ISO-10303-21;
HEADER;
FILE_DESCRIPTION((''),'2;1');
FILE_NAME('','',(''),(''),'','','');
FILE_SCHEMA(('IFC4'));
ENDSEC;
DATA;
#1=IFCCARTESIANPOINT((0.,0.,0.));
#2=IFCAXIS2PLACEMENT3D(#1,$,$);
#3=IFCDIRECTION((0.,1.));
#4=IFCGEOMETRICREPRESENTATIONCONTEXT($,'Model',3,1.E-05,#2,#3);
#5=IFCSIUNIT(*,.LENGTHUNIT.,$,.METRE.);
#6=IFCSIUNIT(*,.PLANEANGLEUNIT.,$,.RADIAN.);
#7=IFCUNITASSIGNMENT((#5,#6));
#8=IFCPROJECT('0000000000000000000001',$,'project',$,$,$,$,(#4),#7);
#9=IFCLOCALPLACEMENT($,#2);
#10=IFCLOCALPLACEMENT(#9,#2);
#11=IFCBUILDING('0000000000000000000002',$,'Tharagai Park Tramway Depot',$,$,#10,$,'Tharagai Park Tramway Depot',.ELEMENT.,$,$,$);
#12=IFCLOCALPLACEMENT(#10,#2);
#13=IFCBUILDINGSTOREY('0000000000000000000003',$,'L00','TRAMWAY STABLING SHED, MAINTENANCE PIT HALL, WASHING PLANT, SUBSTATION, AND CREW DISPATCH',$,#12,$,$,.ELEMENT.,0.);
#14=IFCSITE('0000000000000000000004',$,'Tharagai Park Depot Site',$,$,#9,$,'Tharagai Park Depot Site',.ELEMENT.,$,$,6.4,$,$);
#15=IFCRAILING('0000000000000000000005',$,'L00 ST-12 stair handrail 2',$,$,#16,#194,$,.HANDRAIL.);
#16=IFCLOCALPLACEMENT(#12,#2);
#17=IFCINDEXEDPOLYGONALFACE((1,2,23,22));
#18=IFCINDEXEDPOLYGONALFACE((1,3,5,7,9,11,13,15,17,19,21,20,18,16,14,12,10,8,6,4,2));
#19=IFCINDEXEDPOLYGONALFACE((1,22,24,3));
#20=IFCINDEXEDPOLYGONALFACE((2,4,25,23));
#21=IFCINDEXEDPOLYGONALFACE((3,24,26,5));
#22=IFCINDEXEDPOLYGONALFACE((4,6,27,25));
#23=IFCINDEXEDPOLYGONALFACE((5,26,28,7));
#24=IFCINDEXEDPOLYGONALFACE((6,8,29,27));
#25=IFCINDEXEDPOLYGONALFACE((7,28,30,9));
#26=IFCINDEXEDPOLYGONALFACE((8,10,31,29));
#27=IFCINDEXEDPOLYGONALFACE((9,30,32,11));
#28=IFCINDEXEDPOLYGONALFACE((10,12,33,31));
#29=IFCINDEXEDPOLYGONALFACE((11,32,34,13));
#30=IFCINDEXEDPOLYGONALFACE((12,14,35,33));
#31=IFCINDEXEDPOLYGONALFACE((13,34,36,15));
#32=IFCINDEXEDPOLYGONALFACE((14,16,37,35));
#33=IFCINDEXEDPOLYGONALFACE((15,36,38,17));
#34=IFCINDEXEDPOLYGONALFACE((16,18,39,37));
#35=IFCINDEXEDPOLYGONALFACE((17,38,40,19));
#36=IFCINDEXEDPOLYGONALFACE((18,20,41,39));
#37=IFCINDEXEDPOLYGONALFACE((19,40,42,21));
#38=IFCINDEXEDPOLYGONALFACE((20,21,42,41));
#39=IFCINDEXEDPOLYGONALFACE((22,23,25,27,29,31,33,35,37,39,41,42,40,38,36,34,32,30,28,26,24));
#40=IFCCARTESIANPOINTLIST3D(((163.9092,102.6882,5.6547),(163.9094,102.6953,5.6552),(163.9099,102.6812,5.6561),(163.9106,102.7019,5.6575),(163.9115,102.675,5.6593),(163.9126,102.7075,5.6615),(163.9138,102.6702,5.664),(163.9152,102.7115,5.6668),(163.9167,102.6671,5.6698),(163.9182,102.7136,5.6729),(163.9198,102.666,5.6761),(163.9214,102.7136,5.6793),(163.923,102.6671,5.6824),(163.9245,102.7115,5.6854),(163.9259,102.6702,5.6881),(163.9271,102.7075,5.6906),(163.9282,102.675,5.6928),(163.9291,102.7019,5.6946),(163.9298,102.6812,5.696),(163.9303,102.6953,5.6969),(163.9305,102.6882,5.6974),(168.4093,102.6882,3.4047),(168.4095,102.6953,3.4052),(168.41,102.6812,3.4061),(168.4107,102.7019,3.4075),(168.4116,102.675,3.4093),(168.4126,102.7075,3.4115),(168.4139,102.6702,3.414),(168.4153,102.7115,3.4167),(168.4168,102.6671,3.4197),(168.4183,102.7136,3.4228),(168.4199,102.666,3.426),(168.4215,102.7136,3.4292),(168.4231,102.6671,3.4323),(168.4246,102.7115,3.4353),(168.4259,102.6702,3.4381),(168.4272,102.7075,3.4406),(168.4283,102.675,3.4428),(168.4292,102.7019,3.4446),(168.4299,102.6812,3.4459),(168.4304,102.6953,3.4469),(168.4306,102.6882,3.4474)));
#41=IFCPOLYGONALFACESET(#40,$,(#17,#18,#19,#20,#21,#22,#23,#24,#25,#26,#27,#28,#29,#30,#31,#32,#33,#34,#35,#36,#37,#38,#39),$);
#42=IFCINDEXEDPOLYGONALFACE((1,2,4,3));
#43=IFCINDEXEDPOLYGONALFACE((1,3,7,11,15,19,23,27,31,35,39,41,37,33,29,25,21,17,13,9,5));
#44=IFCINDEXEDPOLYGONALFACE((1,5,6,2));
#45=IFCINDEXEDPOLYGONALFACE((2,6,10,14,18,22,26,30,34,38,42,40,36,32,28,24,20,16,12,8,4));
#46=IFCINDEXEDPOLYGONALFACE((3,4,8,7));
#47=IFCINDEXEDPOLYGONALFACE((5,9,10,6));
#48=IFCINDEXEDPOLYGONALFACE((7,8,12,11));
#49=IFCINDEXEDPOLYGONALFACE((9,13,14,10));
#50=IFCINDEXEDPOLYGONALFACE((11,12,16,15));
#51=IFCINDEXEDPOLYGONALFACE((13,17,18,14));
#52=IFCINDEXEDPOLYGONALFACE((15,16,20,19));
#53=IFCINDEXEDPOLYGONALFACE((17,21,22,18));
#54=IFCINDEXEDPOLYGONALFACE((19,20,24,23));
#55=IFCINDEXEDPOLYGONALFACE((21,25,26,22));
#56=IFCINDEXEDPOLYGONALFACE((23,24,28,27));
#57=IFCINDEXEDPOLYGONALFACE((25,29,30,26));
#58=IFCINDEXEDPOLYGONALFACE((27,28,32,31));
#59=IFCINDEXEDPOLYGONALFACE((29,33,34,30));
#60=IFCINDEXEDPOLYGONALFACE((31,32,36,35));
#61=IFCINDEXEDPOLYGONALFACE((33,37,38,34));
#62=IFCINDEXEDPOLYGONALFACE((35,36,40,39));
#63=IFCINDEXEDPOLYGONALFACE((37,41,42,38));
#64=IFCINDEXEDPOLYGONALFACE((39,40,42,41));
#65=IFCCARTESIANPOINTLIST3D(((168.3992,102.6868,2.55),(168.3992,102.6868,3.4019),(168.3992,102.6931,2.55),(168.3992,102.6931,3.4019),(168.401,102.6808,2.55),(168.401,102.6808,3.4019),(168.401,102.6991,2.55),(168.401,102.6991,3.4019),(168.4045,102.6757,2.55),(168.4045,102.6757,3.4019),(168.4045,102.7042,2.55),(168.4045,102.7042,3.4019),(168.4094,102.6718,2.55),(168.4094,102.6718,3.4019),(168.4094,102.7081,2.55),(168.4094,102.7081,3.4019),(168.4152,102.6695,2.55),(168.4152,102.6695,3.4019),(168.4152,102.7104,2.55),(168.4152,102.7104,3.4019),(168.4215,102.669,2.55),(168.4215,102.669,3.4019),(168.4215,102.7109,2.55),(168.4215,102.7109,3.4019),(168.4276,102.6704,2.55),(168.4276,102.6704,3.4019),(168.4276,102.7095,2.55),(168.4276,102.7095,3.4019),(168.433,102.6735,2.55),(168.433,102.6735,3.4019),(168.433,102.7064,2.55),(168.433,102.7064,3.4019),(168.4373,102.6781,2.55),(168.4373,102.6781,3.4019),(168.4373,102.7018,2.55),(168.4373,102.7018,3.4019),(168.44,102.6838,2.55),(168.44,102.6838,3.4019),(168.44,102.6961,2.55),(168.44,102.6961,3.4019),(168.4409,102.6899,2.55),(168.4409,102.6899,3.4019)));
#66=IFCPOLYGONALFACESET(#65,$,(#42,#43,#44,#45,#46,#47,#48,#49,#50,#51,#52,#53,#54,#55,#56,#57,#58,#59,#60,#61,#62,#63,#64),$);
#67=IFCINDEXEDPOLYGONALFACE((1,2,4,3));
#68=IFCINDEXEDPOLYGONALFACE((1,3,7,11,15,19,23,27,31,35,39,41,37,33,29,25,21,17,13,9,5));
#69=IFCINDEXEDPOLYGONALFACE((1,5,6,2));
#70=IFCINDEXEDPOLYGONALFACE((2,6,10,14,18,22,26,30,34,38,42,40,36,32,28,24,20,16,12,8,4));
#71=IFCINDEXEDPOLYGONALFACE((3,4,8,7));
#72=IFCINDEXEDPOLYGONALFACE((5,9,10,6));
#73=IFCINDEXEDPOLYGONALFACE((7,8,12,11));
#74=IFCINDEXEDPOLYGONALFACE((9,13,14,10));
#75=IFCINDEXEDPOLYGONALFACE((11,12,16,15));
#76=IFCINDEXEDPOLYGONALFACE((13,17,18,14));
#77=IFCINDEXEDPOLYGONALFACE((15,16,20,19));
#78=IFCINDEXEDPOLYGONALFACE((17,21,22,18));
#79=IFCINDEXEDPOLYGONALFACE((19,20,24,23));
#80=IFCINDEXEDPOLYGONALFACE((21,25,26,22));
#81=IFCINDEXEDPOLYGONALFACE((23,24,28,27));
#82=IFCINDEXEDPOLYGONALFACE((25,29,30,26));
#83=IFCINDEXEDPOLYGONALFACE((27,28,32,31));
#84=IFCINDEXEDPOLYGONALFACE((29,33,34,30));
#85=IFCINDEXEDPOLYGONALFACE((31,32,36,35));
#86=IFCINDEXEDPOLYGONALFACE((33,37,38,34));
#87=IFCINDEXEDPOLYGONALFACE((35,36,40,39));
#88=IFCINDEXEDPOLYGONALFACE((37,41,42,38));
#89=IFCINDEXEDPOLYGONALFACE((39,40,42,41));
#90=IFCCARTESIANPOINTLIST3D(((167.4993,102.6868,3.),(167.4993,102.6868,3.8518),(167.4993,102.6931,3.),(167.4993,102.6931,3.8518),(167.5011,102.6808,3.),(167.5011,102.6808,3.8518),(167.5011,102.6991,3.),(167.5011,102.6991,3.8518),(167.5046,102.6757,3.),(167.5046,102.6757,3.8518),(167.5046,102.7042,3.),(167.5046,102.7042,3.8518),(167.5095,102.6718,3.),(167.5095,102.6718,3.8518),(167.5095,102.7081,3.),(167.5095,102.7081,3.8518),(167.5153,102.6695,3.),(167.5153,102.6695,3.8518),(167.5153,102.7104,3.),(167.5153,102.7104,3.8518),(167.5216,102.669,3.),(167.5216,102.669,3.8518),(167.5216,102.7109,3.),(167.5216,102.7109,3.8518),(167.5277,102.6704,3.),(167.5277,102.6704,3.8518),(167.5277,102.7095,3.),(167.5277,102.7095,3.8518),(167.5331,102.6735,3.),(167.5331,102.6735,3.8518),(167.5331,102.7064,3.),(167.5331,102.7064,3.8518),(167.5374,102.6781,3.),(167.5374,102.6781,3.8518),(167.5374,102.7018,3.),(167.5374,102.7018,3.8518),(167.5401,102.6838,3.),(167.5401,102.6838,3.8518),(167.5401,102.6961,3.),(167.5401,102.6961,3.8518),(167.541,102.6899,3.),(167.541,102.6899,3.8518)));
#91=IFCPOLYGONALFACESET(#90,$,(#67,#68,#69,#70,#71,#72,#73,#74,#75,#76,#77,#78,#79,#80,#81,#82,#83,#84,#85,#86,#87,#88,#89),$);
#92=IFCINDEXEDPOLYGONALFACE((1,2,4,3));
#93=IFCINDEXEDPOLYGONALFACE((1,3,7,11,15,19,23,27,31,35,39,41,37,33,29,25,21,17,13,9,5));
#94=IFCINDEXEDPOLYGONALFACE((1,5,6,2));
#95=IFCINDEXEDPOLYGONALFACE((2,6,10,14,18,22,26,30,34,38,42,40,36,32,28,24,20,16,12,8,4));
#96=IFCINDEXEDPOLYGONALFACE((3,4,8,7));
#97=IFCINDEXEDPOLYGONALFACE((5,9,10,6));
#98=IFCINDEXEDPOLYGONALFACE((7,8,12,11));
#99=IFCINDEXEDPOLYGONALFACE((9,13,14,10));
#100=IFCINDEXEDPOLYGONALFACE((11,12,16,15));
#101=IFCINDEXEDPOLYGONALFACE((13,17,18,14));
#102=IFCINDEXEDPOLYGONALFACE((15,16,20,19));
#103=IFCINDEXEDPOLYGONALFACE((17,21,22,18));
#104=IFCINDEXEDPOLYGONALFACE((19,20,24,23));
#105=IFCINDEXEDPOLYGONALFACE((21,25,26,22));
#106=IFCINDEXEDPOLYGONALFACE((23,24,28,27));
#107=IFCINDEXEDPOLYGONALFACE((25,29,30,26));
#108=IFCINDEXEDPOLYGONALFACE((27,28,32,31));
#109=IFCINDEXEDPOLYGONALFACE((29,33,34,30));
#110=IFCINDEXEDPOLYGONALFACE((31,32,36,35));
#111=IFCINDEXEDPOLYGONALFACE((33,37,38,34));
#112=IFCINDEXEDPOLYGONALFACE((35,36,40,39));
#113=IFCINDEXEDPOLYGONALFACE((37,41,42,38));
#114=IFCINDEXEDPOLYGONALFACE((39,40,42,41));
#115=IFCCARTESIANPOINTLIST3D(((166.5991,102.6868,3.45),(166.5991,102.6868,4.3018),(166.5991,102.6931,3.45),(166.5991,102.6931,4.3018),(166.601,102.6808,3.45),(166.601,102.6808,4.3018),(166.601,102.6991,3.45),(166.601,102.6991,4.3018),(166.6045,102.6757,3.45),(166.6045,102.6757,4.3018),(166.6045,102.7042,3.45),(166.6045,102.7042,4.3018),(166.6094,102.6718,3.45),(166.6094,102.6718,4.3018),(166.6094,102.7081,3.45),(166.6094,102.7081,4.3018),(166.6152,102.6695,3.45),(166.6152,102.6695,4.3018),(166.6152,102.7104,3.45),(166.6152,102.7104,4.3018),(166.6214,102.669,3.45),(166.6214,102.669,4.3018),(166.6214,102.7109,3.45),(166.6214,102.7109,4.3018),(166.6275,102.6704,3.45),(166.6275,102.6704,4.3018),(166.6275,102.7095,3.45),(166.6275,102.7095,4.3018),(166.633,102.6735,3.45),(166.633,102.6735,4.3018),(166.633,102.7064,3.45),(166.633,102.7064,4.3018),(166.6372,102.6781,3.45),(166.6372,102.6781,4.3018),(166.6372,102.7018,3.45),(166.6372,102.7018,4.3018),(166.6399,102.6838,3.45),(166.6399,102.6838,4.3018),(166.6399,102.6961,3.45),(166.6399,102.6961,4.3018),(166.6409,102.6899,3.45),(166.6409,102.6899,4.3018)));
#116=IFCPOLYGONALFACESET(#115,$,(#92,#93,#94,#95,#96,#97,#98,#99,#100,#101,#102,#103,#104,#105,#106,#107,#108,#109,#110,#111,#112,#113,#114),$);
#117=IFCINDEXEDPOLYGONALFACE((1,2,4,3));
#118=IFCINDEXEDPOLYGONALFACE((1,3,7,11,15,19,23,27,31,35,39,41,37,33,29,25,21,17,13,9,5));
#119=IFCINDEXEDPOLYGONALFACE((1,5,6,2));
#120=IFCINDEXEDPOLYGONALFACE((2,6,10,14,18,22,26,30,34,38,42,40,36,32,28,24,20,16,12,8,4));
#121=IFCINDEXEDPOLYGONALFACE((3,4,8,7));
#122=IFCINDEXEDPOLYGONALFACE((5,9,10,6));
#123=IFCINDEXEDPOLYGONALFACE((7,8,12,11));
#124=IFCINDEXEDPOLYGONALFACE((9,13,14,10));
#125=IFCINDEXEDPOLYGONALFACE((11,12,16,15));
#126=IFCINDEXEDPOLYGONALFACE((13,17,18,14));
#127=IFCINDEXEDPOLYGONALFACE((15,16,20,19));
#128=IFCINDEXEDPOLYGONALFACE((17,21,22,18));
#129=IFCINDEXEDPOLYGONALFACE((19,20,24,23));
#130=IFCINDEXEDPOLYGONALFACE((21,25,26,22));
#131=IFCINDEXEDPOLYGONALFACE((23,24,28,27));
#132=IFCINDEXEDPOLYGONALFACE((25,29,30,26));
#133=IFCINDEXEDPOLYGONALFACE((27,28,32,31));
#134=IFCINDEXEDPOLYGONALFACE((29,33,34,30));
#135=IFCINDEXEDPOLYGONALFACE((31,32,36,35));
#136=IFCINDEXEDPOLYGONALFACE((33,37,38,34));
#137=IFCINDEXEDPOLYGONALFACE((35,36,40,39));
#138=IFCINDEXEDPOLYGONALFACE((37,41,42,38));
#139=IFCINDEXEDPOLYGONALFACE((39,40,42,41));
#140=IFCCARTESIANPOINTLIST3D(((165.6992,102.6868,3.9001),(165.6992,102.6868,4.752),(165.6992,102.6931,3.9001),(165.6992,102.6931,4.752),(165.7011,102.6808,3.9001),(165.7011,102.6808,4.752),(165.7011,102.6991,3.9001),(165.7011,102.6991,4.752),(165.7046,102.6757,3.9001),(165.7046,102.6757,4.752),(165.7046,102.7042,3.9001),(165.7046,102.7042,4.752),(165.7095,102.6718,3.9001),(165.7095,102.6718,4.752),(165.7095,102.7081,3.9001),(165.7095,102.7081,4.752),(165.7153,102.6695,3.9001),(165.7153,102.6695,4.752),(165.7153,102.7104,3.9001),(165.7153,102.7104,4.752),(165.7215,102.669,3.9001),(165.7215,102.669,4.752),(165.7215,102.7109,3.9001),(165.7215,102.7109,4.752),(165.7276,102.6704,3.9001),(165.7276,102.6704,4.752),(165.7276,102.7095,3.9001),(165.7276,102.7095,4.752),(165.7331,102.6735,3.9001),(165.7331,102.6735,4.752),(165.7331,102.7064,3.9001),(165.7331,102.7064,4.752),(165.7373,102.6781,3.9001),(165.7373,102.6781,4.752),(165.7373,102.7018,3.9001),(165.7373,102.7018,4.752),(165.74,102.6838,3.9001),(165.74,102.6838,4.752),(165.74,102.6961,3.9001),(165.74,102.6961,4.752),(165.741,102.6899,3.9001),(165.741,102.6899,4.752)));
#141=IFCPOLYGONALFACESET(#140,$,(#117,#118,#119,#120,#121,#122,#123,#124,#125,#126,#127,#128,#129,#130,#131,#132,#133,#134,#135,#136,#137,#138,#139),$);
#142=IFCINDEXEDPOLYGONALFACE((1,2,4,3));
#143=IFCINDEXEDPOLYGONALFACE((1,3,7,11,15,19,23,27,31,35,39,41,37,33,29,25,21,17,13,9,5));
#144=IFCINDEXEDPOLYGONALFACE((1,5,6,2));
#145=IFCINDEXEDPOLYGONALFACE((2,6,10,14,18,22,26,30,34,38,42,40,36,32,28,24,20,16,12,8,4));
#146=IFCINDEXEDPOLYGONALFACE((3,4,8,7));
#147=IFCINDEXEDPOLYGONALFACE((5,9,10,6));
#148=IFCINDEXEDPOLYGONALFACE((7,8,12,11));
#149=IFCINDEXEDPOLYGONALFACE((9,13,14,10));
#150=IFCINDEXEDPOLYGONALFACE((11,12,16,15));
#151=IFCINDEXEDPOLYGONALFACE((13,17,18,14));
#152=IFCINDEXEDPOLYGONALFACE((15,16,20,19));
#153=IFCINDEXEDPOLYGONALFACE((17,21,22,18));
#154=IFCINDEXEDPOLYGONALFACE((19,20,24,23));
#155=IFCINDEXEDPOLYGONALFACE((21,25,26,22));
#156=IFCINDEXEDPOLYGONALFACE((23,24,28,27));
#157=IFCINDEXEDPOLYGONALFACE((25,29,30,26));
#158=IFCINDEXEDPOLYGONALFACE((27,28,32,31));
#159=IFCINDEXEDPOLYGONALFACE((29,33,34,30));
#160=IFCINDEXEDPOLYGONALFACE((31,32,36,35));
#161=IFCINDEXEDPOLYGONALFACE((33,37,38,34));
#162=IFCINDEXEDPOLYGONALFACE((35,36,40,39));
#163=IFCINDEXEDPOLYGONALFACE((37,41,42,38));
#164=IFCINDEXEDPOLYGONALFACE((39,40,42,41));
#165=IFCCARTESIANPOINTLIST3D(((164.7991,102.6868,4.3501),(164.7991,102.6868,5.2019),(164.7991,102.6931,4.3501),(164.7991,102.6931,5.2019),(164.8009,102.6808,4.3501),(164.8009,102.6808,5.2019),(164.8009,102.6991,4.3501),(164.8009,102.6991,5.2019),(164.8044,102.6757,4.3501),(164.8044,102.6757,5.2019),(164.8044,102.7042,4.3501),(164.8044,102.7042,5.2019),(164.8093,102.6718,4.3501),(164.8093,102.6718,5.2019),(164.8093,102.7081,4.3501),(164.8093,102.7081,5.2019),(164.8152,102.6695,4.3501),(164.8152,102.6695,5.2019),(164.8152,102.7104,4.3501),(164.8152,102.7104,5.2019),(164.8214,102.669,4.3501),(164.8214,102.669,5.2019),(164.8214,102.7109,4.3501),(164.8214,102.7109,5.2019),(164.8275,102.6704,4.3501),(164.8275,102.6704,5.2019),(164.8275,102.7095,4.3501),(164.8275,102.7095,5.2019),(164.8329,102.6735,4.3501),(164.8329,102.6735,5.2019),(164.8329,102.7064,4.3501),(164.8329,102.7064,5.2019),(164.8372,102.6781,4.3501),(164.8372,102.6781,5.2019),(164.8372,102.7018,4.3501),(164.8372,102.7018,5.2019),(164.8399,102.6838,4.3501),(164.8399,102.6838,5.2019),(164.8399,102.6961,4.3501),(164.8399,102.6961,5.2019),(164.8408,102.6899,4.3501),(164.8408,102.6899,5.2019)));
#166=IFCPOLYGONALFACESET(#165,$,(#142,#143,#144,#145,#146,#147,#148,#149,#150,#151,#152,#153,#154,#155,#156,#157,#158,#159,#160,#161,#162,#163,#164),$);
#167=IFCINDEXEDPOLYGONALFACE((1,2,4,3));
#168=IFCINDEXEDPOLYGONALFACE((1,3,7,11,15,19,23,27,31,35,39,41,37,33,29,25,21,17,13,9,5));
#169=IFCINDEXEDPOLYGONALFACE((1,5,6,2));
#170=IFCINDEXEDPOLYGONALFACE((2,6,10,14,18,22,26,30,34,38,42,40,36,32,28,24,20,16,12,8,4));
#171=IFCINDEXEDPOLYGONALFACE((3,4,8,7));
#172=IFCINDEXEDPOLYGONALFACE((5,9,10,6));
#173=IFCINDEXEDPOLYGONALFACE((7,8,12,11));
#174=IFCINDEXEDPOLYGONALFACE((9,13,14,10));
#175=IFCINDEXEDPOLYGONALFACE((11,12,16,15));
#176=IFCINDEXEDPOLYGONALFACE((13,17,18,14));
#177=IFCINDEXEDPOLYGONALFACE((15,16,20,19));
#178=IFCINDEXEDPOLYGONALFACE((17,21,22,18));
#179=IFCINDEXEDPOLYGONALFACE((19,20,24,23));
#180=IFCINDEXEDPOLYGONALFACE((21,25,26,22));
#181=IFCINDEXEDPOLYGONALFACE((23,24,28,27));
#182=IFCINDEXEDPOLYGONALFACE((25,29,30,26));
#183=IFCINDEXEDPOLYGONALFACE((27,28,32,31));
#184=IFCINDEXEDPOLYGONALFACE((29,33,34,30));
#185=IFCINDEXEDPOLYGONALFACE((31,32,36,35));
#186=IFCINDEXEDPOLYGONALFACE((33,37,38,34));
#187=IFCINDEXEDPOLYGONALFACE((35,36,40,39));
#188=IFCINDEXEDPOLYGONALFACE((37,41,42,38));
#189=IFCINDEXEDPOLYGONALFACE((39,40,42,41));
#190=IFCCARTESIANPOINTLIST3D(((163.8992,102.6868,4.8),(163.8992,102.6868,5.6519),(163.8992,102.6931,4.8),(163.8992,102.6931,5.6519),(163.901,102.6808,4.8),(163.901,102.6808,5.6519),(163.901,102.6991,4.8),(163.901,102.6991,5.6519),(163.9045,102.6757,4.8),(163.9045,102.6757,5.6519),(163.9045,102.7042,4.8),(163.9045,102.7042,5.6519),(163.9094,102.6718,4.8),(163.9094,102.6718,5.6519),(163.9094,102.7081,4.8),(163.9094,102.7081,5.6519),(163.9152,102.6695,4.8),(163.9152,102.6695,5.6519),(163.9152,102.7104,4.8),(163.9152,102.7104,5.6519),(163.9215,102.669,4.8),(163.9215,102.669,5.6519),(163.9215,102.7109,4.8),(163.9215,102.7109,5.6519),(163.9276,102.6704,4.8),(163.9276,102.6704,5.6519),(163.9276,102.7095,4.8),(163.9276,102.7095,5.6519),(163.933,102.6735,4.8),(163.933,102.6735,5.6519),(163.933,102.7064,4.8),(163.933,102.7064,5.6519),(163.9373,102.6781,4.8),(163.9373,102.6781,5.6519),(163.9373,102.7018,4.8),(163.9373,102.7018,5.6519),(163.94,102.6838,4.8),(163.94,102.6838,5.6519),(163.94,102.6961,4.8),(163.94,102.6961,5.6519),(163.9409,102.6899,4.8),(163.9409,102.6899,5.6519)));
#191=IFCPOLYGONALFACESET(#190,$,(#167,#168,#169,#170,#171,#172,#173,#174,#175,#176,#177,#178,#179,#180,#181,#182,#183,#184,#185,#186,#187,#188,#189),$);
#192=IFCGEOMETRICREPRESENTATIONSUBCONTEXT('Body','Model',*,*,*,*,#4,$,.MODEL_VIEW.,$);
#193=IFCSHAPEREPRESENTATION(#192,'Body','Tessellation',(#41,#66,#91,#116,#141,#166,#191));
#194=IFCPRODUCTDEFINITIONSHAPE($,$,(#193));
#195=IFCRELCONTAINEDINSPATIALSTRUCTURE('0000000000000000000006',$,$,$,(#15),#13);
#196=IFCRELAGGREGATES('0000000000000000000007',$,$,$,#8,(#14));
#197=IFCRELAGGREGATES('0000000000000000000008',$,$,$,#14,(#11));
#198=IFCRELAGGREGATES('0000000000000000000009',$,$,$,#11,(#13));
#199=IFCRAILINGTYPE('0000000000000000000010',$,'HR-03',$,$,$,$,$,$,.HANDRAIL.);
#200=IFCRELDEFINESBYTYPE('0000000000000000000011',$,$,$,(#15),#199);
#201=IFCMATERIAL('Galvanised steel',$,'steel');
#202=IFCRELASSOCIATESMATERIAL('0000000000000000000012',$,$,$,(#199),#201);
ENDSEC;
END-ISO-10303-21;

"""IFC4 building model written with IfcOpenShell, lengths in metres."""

from ifc_helpers import new_model, si_unit, direction, frame, origin, origin_2d, place, context, subcontext, project, spatial, circle, extrude, material, type_object, element, save


model = new_model("IFC4")

# Units and contexts
model_context = context("Model", 3, precision=1e-05, world=origin(), true_north=direction((0.0, 1.0)))
body_context = subcontext(model_context, "Body", "Model", "MODEL_VIEW")
ifc_project = project(units=[si_unit("LENGTHUNIT", "METRE"), si_unit("PLANEANGLEUNIT", "RADIAN")], contexts=[model_context])

# Site, building, storey
site_placement = place(None, origin())
site = spatial("IfcSite", under=ifc_project, at=site_placement, Name="Tharagai Park Depot Site", LongName="Tharagai Park Depot Site", CompositionType="ELEMENT", RefElevation=6.4)
building_placement = place(site_placement, origin())
building = spatial("IfcBuilding", under=site, at=building_placement, Name="Tharagai Park Tramway Depot", LongName="Tharagai Park Tramway Depot", CompositionType="ELEMENT")
storey_placement = place(building_placement, origin())
storey = spatial("IfcBuildingStorey", under=building, at=storey_placement, Name="L00", Description="TRAMWAY STABLING SHED, MAINTENANCE PIT HALL, WASHING PLANT, SUBSTATION, AND CREW DISPATCH", CompositionType="ELEMENT", Elevation=0.0)

# Shared definitions
ifc_material_1 = material(Name="Galvanised steel", Category="steel")

# Railing
railing_type_1 = type_object("IfcRailingType", Name="HR-03", PredefinedType="HANDRAIL", material=ifc_material_1)
railing_1_placement = place(storey_placement, frame((168.4199, 102.6899, 2.55)))
element("IfcRailing", 1, at=railing_1_placement, inside=storey, type_object=railing_type_1, Name="L00 ST-12 stair handrail 2", PredefinedType="HANDRAIL", context=body_context, shape_type="SweptSolid", body=[
    extrude(circle(Radius=0.0239, at=origin_2d()), frame((0.0, 0.0, 0.876), z_axis=(-0.894427, 0.0, 0.447214), x_axis=(0.0, -1.0, 0.0)), (0.0, 0.0, 1.0), 5.0312),
    extrude(circle(Radius=0.021, at=origin_2d()), origin(), (0.0, 0.0, 1.0), 0.8518),
    extrude(circle(Radius=0.021, at=origin_2d()), frame((-0.8999, 0.0, 0.45)), (0.0, 0.0, 1.0), 0.8518),
    extrude(circle(Radius=0.021, at=origin_2d()), frame((-1.8, 0.0, 0.8999)), (0.0, 0.0, 1.0), 0.8518),
    extrude(circle(Radius=0.021, at=origin_2d()), frame((-2.7, 0.0, 1.3501)), (0.0, 0.0, 1.0), 0.8518),
    extrude(circle(Radius=0.021, at=origin_2d()), frame((-3.6001, 0.0, 1.8)), (0.0, 0.0, 1.0), 0.8518),
    extrude(circle(Radius=0.021, at=origin_2d()), frame((-4.5, 0.0, 2.25)), (0.0, 0.0, 1.0), 0.8518),
])

save(model, "model.ifc")
